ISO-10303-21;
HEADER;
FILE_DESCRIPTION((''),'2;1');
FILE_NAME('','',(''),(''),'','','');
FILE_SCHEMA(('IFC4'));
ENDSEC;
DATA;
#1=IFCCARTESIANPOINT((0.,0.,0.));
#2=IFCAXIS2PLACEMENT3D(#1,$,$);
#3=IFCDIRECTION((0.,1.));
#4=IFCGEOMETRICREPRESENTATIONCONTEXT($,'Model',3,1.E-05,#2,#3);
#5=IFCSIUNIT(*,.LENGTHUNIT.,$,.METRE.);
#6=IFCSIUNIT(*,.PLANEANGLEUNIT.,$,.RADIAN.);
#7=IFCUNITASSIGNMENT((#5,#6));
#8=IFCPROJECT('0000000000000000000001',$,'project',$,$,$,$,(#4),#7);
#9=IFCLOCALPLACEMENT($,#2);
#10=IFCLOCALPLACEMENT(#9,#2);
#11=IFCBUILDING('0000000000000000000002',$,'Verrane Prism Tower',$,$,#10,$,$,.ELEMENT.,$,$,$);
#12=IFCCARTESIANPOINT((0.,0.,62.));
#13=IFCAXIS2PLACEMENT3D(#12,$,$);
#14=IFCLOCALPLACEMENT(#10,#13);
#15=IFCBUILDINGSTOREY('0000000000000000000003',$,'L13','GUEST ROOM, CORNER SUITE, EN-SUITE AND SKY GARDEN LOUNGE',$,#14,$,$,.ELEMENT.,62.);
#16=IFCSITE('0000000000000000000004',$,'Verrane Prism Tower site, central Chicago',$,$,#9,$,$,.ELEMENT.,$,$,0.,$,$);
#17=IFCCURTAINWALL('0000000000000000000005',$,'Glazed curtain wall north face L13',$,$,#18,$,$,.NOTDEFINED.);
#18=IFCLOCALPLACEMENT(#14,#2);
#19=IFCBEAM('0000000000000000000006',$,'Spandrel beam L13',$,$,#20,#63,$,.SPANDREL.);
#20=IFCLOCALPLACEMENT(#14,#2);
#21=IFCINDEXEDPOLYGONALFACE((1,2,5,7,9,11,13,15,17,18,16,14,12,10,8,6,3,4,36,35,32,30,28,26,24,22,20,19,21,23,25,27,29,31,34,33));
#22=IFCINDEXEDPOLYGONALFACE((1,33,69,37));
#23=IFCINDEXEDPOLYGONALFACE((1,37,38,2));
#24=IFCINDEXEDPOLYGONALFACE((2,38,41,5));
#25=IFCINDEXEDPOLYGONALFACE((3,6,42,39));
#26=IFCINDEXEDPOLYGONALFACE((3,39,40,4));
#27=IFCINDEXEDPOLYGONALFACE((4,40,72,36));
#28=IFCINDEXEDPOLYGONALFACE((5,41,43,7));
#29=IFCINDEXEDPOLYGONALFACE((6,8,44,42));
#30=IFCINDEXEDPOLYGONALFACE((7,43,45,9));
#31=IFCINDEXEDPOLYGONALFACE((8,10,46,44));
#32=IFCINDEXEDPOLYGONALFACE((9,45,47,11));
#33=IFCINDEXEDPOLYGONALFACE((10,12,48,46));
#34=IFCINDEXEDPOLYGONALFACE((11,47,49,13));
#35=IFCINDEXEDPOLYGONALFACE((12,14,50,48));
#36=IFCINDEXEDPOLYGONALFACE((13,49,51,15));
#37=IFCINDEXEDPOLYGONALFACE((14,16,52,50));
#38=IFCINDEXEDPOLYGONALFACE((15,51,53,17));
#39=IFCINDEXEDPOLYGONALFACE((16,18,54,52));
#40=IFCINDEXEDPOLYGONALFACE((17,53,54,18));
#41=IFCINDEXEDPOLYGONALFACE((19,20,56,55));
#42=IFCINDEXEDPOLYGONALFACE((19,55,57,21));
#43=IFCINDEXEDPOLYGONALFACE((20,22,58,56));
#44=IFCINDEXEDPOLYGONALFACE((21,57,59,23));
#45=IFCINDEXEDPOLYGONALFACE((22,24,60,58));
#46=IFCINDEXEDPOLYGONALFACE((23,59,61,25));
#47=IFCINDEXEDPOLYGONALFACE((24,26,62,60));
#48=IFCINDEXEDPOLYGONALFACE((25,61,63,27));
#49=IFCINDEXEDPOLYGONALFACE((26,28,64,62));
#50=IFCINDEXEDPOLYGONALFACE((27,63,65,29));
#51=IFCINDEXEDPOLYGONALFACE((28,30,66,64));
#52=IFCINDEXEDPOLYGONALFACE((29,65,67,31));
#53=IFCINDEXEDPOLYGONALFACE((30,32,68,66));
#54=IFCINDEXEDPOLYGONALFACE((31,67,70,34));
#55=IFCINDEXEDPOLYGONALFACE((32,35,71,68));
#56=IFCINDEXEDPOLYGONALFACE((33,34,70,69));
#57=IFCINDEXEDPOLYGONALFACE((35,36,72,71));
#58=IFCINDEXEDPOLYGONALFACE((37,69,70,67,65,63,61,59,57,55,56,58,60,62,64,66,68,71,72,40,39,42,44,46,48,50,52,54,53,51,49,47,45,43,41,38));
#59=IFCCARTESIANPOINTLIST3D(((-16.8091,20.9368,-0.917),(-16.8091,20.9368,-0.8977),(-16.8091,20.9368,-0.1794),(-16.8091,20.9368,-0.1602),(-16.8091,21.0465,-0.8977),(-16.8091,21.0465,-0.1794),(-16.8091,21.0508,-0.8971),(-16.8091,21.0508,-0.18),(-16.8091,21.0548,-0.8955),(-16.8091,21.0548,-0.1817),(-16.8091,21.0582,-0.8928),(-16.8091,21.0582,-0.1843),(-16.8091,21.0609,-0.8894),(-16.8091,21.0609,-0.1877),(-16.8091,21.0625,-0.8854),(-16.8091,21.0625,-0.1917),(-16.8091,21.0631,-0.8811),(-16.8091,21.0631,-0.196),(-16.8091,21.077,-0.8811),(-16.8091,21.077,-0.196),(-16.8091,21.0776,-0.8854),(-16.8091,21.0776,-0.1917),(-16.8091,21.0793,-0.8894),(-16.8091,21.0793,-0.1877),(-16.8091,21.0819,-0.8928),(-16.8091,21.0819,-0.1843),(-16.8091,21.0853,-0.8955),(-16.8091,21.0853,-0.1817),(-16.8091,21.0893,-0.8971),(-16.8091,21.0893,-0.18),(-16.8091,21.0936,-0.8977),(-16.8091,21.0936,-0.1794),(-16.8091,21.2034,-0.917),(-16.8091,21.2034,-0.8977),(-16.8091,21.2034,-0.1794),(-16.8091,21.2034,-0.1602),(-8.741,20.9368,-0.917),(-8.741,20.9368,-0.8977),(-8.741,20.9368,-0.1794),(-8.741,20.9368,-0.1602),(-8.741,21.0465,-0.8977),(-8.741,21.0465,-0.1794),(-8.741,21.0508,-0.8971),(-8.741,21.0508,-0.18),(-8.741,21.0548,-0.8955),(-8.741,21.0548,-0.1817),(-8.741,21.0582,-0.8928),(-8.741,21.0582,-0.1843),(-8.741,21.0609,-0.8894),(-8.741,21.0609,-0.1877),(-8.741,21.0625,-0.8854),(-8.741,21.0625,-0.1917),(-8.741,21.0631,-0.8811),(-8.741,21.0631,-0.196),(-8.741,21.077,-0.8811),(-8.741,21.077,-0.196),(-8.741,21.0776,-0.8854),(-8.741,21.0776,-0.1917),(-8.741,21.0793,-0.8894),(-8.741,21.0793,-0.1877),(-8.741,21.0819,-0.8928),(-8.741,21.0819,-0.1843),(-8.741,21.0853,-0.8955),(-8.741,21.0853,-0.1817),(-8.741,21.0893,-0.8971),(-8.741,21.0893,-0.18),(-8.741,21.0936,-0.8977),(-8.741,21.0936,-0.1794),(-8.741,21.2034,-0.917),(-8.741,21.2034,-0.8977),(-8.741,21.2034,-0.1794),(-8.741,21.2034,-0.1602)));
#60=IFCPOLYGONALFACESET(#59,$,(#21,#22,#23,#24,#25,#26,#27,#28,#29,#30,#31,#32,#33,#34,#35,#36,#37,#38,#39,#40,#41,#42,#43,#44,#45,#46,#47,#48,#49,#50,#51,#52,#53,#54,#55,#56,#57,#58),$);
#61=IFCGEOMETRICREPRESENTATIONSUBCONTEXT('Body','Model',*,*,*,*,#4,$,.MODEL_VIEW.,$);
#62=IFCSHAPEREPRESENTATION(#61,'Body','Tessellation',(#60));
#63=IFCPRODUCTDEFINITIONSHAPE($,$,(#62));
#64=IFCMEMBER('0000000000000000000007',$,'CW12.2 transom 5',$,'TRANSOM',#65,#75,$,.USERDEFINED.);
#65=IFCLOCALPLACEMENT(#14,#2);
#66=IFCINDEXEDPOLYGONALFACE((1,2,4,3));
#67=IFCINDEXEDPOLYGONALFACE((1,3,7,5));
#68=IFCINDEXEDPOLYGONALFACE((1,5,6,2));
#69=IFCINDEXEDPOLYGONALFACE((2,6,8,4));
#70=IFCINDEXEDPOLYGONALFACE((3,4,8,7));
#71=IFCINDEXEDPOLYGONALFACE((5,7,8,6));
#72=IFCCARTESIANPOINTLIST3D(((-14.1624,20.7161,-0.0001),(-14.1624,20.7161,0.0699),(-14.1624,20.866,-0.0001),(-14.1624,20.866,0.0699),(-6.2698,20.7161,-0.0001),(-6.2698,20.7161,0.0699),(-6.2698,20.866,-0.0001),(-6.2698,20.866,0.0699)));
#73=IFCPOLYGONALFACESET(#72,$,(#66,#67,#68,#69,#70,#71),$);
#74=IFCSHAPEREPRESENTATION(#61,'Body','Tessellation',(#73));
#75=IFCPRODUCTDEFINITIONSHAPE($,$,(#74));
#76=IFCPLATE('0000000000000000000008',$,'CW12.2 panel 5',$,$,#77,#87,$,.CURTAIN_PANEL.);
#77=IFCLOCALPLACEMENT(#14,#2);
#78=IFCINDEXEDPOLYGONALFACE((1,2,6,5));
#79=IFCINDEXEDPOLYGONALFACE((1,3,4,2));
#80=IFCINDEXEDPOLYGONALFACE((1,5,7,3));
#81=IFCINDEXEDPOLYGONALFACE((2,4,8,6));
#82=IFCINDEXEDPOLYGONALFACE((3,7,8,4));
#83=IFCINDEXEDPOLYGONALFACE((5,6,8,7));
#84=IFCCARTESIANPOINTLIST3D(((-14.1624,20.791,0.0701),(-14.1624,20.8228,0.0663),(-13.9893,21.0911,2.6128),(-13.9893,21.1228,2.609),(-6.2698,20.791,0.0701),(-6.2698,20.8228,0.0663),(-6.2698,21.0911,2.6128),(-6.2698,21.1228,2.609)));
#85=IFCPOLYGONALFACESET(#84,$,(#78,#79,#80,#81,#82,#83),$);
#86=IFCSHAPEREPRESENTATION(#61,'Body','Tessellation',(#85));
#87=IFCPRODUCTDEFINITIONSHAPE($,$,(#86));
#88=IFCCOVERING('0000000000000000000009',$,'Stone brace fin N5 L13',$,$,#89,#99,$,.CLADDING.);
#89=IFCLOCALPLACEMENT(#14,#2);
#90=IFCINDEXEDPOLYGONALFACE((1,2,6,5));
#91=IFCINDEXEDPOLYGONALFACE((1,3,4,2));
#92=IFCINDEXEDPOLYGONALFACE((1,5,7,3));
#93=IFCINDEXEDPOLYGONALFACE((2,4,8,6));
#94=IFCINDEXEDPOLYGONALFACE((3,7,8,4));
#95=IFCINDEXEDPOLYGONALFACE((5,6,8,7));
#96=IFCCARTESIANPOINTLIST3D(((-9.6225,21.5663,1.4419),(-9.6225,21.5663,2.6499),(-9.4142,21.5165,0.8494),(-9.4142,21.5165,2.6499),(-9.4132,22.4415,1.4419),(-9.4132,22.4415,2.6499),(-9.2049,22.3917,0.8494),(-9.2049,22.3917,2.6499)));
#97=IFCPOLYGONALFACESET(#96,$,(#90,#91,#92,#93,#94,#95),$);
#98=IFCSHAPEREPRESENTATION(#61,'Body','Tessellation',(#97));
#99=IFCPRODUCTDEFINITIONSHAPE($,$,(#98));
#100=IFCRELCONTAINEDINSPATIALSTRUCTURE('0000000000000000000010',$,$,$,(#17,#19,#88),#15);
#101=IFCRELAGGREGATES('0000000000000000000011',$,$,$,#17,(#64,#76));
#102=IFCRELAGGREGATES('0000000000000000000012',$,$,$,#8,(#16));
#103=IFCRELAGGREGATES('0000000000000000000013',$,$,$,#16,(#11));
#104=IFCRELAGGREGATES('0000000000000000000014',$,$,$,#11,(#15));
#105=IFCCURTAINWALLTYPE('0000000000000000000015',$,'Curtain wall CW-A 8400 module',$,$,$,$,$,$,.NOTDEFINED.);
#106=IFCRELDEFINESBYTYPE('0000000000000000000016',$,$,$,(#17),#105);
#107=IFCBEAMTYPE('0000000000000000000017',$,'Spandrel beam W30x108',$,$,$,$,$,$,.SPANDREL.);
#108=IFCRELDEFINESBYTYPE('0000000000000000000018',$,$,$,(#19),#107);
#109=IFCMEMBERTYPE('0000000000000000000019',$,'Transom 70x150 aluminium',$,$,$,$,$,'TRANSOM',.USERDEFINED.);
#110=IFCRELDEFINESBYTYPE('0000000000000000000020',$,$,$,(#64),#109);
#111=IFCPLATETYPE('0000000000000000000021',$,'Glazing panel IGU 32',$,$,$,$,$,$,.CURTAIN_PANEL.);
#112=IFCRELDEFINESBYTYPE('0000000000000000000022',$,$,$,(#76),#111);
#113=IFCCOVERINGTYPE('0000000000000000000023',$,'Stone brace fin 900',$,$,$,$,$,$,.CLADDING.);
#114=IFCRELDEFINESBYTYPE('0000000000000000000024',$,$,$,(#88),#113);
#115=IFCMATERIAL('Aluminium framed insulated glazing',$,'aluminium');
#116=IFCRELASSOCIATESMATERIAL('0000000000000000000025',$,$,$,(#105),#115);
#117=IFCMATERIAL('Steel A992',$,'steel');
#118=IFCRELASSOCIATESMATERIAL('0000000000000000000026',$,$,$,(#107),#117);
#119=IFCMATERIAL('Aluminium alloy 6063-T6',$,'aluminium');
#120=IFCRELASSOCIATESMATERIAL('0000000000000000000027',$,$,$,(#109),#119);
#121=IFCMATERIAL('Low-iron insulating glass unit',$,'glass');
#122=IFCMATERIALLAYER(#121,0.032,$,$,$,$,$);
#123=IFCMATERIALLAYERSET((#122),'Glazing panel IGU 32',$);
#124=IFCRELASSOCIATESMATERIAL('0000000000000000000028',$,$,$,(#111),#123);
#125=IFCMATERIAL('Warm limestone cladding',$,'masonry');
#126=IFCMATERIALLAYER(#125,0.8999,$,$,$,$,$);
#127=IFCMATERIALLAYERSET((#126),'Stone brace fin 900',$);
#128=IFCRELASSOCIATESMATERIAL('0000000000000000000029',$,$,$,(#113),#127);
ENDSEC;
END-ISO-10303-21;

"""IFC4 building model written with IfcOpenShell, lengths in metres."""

from ifc_helpers import new_model, si_unit, direction, frame, origin, origin_2d, place, context, subcontext, project, spatial, polyline, rectangle, i_section, outline, extrude, material, layer, layer_set, material_profile, profile_set, type_object, element, aggregate, save


model = new_model("IFC4")

# Units and contexts
model_context = context("Model", 3, precision=1e-05, world=origin(), true_north=direction((0.0, 1.0)))
body_context = subcontext(model_context, "Body", "Model", "MODEL_VIEW")
ifc_project = project(units=[si_unit("LENGTHUNIT", "METRE"), si_unit("PLANEANGLEUNIT", "RADIAN")], contexts=[model_context])

# Site, building, storey
site_placement = place(None, origin())
site = spatial("IfcSite", under=ifc_project, at=site_placement, Name="Verrane Prism Tower site, central Chicago", CompositionType="ELEMENT", RefElevation=0.0)
building_placement = place(site_placement, origin())
building = spatial("IfcBuilding", under=site, at=building_placement, Name="Verrane Prism Tower", CompositionType="ELEMENT")
storey_placement = place(building_placement, frame((0.0, 0.0, 62.0)))
storey = spatial("IfcBuildingStorey", under=building, at=storey_placement, Name="L13", Description="GUEST ROOM, CORNER SUITE, EN-SUITE AND SKY GARDEN LOUNGE", CompositionType="ELEMENT", Elevation=62.0)

# Curtain wall
ifc_material_1 = material(Name="Aluminium framed insulated glazing", Category="aluminium")
curtain_wall_type = type_object("IfcCurtainWallType", Name="Curtain wall CW-A 8400 module", PredefinedType="NOTDEFINED", material=ifc_material_1)
curtain_wall_placement = place(storey_placement, origin())
curtain_wall = element("IfcCurtainWall", 1, at=curtain_wall_placement, inside=storey, type_object=curtain_wall_type, Name="Glazed curtain wall north face L13", PredefinedType="NOTDEFINED")

# Beam
ifc_material_2 = material(Name="Steel A992", Category="steel")
ifc_material_profile_1 = material_profile(ifc_material_2, i_section(OverallWidth=0.2666, OverallDepth=0.7568, WebThickness=0.0139, FlangeThickness=0.0193, FilletRadius=0.0166, at=origin_2d()), Name="W30x108")
ifc_profile_set_1 = profile_set([ifc_material_profile_1], Name="Steel A992")
beam_type_1 = type_object("IfcBeamType", Name="Spandrel beam W30x108", PredefinedType="SPANDREL", material=ifc_profile_set_1)
beam_1_placement = place(storey_placement, frame((-8.741, 21.0701, -0.5386), z_axis=(-1.0, 0.0, 0.0), x_axis=(0.0, -1.0, 0.0)))
element("IfcBeam", 2, at=beam_1_placement, inside=storey, type_object=beam_type_1, Name="Spandrel beam L13", PredefinedType="SPANDREL", context=body_context, shape_type="SweptSolid", body=[
    extrude(i_section(OverallWidth=0.2666, OverallDepth=0.7568, WebThickness=0.0139, FlangeThickness=0.0193, FilletRadius=0.0166, at=origin_2d()), origin(), (0.0, 0.0, 1.0), 8.0681),
])

# Member
ifc_material_3 = material(Name="Aluminium alloy 6063-T6", Category="aluminium")
ifc_material_profile_2 = material_profile(ifc_material_3, rectangle(XDim=0.1499, YDim=0.0701, at=origin_2d()), Name="Transom 70x150 aluminium")
ifc_profile_set_2 = profile_set([ifc_material_profile_2], Name="Aluminium alloy 6063-T6")
member_type_1 = type_object("IfcMemberType", Name="Transom 70x150 aluminium", ElementType="TRANSOM", PredefinedType="USERDEFINED", material=ifc_profile_set_2)
member_1_placement = place(storey_placement, frame((-6.2698, 20.791, 0.0349), z_axis=(-1.0, 0.0, 0.0), x_axis=(0.0, -1.0, 0.0)))
member_1 = element("IfcMember", 3, at=member_1_placement, type_object=member_type_1, Name="CW12.2 transom 5", ObjectType="TRANSOM", PredefinedType="USERDEFINED", context=body_context, shape_type="SweptSolid", body=[
    extrude(rectangle(XDim=0.1499, YDim=0.0701, at=origin_2d()), origin(), (0.0, 0.0, 1.0), 7.8926),
])

# Plate
ifc_material_4 = material(Name="Low-iron insulating glass unit", Category="glass")
ifc_layer_1 = layer(ifc_material_4, 0.032)
ifc_layer_set_1 = layer_set([ifc_layer_1], Name="Glazing panel IGU 32")
plate_type = type_object("IfcPlateType", Name="Glazing panel IGU 32", PredefinedType="CURTAIN_PANEL", material=ifc_layer_set_1)
plate_placement = place(storey_placement, frame((-6.2698, 20.791, 0.0701), z_axis=(0.0, -0.99311, 0.11719), x_axis=(-1.0, 0.0, 0.0)))
plate = element("IfcPlate", 4, at=plate_placement, type_object=plate_type, Name="CW12.2 panel 5", PredefinedType="CURTAIN_PANEL", context=body_context, shape_type="SweptSolid", body=[
    extrude(outline(polyline([(0.0, 0.0), (7.8926, 0.0), (7.7195, -2.5604), (0.0, -2.5604), (0.0, 0.0)])), origin(), (0.0, 0.0, -1.0), 0.032),
])
aggregate(curtain_wall, [member_1, plate])

# Covering
ifc_material_5 = material(Name="Warm limestone cladding", Category="masonry")
ifc_layer_2 = layer(ifc_material_5, 0.8999)
ifc_layer_set_2 = layer_set([ifc_layer_2], Name="Stone brace fin 900")
covering_type = type_object("IfcCoveringType", Name="Stone brace fin 900", PredefinedType="CLADDING", material=ifc_layer_set_2)
covering_placement = place(storey_placement, frame((-9.3096, 21.9541, 0.8494), z_axis=(0.0, 0.0, 1.0), x_axis=(-0.972573, 0.232597, 0.0)))
element("IfcCovering", 5, at=covering_placement, inside=storey, type_object=covering_type, Name="Stone brace fin N5 L13", PredefinedType="CLADDING", context=body_context, shape_type="SweptSolid", body=[
    extrude(outline(polyline([(0.2141, 1.8005), (0.0, 1.8005), (0.0, 0.0), (0.2141, 0.5925), (0.2141, 1.8005)])), frame((0.0, 0.45, 0.0), z_axis=(0.0, -1.0, 0.0), x_axis=(1.0, 0.0, 0.0)), (0.0, 0.0, 1.0), 0.8999),
])

save(model, "model.ifc")
